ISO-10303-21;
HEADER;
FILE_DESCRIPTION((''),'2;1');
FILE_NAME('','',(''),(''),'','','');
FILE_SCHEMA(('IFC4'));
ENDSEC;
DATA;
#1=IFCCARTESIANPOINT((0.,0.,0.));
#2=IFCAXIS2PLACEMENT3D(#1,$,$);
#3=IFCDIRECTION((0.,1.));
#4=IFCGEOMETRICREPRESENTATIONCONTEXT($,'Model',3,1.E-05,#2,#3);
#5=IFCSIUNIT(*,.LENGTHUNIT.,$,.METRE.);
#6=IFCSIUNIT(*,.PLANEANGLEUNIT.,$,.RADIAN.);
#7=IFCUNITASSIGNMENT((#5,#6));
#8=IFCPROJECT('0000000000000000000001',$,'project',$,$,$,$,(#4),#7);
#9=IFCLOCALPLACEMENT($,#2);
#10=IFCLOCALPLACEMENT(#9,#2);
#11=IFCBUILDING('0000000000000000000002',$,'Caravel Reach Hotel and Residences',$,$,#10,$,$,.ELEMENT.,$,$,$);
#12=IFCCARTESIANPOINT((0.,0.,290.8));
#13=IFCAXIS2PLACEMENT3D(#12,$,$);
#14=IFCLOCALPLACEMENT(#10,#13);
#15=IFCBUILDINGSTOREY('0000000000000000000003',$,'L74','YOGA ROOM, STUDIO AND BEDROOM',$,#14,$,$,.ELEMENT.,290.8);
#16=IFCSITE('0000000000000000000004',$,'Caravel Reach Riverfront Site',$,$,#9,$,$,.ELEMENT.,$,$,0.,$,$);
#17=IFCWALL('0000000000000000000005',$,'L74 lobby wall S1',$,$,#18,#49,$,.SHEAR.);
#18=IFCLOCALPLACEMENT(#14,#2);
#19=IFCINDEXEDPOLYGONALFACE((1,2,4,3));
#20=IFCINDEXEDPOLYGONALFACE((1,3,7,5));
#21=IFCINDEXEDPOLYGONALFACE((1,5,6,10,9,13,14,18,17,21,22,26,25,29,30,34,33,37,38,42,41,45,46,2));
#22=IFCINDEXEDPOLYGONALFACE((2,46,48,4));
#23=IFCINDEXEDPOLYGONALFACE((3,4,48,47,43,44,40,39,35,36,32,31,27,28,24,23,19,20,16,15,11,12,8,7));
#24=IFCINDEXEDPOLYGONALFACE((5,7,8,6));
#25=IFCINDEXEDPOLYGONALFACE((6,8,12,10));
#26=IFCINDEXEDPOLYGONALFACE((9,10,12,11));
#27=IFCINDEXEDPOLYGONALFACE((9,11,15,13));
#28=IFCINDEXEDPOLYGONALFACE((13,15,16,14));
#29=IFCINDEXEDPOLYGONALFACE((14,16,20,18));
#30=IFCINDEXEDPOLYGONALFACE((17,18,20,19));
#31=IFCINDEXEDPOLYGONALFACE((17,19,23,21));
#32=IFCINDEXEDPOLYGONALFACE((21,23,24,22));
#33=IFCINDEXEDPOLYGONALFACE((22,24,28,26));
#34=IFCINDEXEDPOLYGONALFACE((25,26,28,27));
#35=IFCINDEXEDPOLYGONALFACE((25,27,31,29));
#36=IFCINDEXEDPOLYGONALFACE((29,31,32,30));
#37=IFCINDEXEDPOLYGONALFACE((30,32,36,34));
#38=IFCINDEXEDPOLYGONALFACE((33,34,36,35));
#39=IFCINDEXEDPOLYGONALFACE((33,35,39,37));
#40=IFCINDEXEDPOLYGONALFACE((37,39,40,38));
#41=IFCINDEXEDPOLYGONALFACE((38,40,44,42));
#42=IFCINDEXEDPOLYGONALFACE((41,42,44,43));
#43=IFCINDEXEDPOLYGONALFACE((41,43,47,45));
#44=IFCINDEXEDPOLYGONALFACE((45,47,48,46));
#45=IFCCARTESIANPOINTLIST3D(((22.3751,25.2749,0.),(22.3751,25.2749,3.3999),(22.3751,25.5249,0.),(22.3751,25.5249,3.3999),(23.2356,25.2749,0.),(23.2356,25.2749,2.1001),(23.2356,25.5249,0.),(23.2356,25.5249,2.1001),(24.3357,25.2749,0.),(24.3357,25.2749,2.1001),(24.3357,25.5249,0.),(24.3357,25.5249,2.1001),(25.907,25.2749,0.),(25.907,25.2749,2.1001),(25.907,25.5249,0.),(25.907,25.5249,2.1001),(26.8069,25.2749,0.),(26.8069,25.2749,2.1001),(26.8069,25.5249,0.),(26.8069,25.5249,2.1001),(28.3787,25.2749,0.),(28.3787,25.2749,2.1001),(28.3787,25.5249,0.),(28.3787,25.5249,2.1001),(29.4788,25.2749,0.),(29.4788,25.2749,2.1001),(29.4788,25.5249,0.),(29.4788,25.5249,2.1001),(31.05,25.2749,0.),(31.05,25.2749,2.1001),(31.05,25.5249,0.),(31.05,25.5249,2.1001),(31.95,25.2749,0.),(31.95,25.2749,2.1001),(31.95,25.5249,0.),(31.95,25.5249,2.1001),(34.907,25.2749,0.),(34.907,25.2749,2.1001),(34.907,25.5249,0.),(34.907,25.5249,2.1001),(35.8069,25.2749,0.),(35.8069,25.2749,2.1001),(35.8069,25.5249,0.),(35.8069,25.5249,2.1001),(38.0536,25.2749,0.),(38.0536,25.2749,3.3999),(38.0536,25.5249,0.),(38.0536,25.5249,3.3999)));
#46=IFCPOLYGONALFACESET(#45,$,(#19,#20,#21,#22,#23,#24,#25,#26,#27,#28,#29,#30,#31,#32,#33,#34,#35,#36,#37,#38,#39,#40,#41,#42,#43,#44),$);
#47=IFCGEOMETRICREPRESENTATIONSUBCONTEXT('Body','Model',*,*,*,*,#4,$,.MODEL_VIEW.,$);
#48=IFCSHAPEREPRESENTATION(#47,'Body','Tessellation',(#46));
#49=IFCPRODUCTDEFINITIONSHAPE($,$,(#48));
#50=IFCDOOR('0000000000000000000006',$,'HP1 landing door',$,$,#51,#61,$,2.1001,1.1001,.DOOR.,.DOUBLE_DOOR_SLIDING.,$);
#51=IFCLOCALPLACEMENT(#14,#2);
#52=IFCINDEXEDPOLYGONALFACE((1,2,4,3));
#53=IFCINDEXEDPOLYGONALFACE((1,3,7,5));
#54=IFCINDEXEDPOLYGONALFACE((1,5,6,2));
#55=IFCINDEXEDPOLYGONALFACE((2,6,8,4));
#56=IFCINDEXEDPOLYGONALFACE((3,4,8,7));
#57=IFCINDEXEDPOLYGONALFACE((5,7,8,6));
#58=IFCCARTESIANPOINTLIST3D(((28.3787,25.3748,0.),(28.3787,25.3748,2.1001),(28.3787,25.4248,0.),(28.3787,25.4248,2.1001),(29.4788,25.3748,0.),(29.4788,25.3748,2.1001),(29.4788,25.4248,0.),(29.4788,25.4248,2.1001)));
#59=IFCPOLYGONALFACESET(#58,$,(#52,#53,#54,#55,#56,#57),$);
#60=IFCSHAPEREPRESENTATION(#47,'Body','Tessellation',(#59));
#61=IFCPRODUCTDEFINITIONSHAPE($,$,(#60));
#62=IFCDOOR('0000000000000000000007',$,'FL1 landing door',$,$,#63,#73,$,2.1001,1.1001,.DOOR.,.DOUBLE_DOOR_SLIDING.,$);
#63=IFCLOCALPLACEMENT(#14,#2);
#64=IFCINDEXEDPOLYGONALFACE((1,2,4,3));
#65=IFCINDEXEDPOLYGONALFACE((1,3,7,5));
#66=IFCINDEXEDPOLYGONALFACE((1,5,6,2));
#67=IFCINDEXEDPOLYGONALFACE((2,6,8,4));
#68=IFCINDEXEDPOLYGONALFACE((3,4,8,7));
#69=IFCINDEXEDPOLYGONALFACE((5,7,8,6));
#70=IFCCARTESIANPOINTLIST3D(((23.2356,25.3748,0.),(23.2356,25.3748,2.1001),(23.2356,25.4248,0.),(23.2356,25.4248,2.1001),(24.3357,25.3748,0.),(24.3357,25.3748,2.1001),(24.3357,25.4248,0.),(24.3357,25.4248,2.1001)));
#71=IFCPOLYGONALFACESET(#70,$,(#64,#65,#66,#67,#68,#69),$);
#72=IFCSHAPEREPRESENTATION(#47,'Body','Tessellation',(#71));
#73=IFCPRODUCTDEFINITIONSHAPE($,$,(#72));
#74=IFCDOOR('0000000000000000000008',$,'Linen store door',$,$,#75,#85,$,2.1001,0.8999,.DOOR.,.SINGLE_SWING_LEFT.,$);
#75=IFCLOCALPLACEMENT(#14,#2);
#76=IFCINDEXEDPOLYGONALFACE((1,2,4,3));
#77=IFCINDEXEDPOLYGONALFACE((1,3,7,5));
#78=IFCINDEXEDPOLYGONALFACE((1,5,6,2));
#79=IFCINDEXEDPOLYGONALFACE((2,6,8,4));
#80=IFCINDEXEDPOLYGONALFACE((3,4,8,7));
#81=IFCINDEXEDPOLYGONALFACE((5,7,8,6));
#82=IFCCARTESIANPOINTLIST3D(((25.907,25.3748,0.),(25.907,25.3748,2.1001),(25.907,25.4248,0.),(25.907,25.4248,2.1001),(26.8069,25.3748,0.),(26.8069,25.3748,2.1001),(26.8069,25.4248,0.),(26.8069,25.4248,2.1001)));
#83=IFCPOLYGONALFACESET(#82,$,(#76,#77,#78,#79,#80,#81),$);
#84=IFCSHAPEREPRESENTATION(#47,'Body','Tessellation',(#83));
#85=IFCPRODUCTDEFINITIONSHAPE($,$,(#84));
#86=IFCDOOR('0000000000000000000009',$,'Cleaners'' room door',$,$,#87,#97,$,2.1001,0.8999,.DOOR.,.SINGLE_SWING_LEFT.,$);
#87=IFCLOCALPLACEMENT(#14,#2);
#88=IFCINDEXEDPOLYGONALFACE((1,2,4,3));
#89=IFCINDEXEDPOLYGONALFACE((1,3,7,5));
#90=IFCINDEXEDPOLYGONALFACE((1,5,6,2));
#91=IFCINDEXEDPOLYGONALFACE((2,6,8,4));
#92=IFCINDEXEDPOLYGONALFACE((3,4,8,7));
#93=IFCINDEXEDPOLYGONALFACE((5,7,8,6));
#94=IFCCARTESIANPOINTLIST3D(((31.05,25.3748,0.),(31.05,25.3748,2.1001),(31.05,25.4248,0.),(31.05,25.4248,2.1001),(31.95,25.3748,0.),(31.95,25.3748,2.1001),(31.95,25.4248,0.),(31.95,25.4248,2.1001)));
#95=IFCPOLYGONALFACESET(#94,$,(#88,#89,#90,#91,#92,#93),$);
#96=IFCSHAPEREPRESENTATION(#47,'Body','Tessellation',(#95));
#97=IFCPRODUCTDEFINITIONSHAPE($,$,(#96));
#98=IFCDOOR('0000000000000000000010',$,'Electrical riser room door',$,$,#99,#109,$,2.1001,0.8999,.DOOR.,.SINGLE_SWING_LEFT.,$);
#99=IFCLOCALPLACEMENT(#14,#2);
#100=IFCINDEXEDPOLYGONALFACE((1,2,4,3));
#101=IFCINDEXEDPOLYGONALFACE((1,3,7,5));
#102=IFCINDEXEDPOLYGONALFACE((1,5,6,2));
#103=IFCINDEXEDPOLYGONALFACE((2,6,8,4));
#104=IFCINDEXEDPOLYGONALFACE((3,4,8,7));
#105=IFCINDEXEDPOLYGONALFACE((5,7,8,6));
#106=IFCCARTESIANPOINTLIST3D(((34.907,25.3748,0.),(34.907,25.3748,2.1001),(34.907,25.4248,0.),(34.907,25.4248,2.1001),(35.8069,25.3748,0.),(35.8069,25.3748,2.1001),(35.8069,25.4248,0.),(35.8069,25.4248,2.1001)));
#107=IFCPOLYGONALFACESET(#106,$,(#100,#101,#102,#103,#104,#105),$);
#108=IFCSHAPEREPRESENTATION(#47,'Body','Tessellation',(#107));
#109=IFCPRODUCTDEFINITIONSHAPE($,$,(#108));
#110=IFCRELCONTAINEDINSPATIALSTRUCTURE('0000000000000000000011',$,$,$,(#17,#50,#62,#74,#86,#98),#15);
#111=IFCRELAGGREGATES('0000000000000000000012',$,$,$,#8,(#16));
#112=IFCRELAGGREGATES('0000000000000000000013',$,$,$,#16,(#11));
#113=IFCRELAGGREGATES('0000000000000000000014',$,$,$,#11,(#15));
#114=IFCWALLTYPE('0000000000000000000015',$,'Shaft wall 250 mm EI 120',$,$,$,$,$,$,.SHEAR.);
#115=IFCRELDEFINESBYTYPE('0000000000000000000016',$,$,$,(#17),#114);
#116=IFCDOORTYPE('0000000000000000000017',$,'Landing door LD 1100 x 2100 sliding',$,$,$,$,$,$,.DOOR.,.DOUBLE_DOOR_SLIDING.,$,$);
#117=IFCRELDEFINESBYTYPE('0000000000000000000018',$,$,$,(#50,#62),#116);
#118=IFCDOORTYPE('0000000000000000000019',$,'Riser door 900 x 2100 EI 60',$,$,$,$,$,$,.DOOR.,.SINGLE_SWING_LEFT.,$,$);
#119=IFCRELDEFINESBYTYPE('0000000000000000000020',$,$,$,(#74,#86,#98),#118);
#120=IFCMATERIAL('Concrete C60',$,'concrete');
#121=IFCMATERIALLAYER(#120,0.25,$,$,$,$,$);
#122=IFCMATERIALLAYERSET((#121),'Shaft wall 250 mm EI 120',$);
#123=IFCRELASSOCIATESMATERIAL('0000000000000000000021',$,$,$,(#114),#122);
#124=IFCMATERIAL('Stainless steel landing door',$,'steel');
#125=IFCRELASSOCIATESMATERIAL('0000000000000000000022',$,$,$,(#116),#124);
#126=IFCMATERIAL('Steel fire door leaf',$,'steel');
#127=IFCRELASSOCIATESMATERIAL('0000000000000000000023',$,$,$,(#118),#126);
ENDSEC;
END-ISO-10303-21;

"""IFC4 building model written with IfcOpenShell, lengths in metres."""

from ifc_helpers import new_model, si_unit, direction, frame, frame_2d, origin, place, context, subcontext, project, spatial, rectangle, extrude, material, layer, layer_set, type_object, element, fill, save


model = new_model("IFC4")

# Units and contexts
model_context = context("Model", 3, precision=1e-05, world=origin(), true_north=direction((0.0, 1.0)))
body_context = subcontext(model_context, "Body", "Model", "MODEL_VIEW")
ifc_project = project(units=[si_unit("LENGTHUNIT", "METRE"), si_unit("PLANEANGLEUNIT", "RADIAN")], contexts=[model_context])

# Site, building, storey
site_placement = place(None, origin())
site = spatial("IfcSite", under=ifc_project, at=site_placement, Name="Caravel Reach Riverfront Site", CompositionType="ELEMENT", RefElevation=0.0)
building_placement = place(site_placement, origin())
building = spatial("IfcBuilding", under=site, at=building_placement, Name="Caravel Reach Hotel and Residences", CompositionType="ELEMENT")
storey_placement = place(building_placement, frame((0.0, 0.0, 290.8)))
storey = spatial("IfcBuildingStorey", under=building, at=storey_placement, Name="L74", Description="YOGA ROOM, STUDIO AND BEDROOM", CompositionType="ELEMENT", Elevation=290.8)

# Wall, openings, doors
ifc_material_1 = material(Name="Concrete C60", Category="concrete")
ifc_layer_1 = layer(ifc_material_1, 0.25)
ifc_layer_set_1 = layer_set([ifc_layer_1], Name="Shaft wall 250 mm EI 120")
wall_type_1 = type_object("IfcWallType", Name="Shaft wall 250 mm EI 120", PredefinedType="SHEAR", material=ifc_layer_set_1)
wall_1_placement = place(storey_placement, frame((22.375, 25.3999, 0.0), z_axis=(0.0, 0.0, 1.0), x_axis=(1.0, 0.0, 0.0)))
wall_1 = element("IfcWall", 1, at=wall_1_placement, inside=storey, type_object=wall_type_1, Name="L74 lobby wall S1", PredefinedType="SHEAR", context=body_context, shape_type="SweptSolid", body=[
    extrude(rectangle(XDim=15.6785, YDim=0.25, at=frame_2d((7.8394, 0.0))), origin(), (0.0, 0.0, 1.0), 3.3999),
])
opening_1_placement = place(wall_1_placement, frame((6.0037, 0.0, 0.0)))
opening_1 = element("IfcOpeningElement", 2, at=opening_1_placement, cuts=wall_1, PredefinedType="OPENING", context=body_context, shape_type="SweptSolid", body=[
    extrude(rectangle(XDim=1.1001, YDim=2.1001, at=frame_2d((0.55, 1.05))), frame((0.0, 0.135, 0.0), z_axis=(0.0, -1.0, 0.0), x_axis=(1.0, 0.0, 0.0)), (0.0, 0.0, 1.0), 0.27),
])
opening_2_placement = place(wall_1_placement, frame((0.8606, 0.0, 0.0)))
opening_2 = element("IfcOpeningElement", 3, at=opening_2_placement, cuts=wall_1, PredefinedType="OPENING", context=body_context, shape_type="SweptSolid", body=[
    extrude(rectangle(XDim=1.1001, YDim=2.1001, at=frame_2d((0.55, 1.05))), frame((0.0, 0.135, 0.0), z_axis=(0.0, -1.0, 0.0), x_axis=(1.0, 0.0, 0.0)), (0.0, 0.0, 1.0), 0.27),
])
opening_3_placement = place(wall_1_placement, frame((3.532, 0.0, 0.0)))
opening_3 = element("IfcOpeningElement", 4, at=opening_3_placement, cuts=wall_1, PredefinedType="OPENING", context=body_context, shape_type="SweptSolid", body=[
    extrude(rectangle(XDim=0.8999, YDim=2.1001, at=frame_2d((0.45, 1.05))), frame((0.0, 0.135, 0.0), z_axis=(0.0, -1.0, 0.0), x_axis=(1.0, 0.0, 0.0)), (0.0, 0.0, 1.0), 0.27),
])
opening_4_placement = place(wall_1_placement, frame((8.675, 0.0, 0.0)))
opening_4 = element("IfcOpeningElement", 5, at=opening_4_placement, cuts=wall_1, PredefinedType="OPENING", context=body_context, shape_type="SweptSolid", body=[
    extrude(rectangle(XDim=0.8999, YDim=2.1001, at=frame_2d((0.45, 1.05))), frame((0.0, 0.135, 0.0), z_axis=(0.0, -1.0, 0.0), x_axis=(1.0, 0.0, 0.0)), (0.0, 0.0, 1.0), 0.27),
])
opening_5_placement = place(wall_1_placement, frame((12.532, 0.0, 0.0)))
opening_5 = element("IfcOpeningElement", 6, at=opening_5_placement, cuts=wall_1, PredefinedType="OPENING", context=body_context, shape_type="SweptSolid", body=[
    extrude(rectangle(XDim=0.8999, YDim=2.1001, at=frame_2d((0.45, 1.05))), frame((0.0, 0.135, 0.0), z_axis=(0.0, -1.0, 0.0), x_axis=(1.0, 0.0, 0.0)), (0.0, 0.0, 1.0), 0.27),
])
ifc_material_2 = material(Name="Stainless steel landing door", Category="steel")
door_type_1 = type_object("IfcDoorType", Name="Landing door LD 1100 x 2100 sliding", OperationType="DOUBLE_DOOR_SLIDING", PredefinedType="DOOR", material=ifc_material_2)
door_1_placement = place(opening_1_placement, origin())
door_1 = element("IfcDoor", 7, at=door_1_placement, inside=storey, type_object=door_type_1, Name="HP1 landing door", OperationType="DOUBLE_DOOR_SLIDING", OverallHeight=2.1001, OverallWidth=1.1001, PredefinedType="DOOR", context=body_context, shape_type="SweptSolid", body=[
    extrude(rectangle(XDim=1.1001, YDim=2.1001, at=frame_2d((0.55, 1.05))), frame((0.0, 0.0249, 0.0), z_axis=(0.0, -1.0, 0.0), x_axis=(1.0, 0.0, 0.0)), (0.0, 0.0, 1.0), 0.05),
])
fill(opening_1, door_1)
door_2_placement = place(opening_2_placement, origin())
door_2 = element("IfcDoor", 8, at=door_2_placement, inside=storey, type_object=door_type_1, Name="FL1 landing door", OperationType="DOUBLE_DOOR_SLIDING", OverallHeight=2.1001, OverallWidth=1.1001, PredefinedType="DOOR", context=body_context, shape_type="SweptSolid", body=[
    extrude(rectangle(XDim=1.1001, YDim=2.1001, at=frame_2d((0.55, 1.05))), frame((0.0, 0.0249, 0.0), z_axis=(0.0, -1.0, 0.0), x_axis=(1.0, 0.0, 0.0)), (0.0, 0.0, 1.0), 0.05),
])
fill(opening_2, door_2)
ifc_material_3 = material(Name="Steel fire door leaf", Category="steel")
door_type_2 = type_object("IfcDoorType", Name="Riser door 900 x 2100 EI 60", OperationType="SINGLE_SWING_LEFT", PredefinedType="DOOR", material=ifc_material_3)
door_3_placement = place(opening_3_placement, origin())
door_3 = element("IfcDoor", 9, at=door_3_placement, inside=storey, type_object=door_type_2, Name="Linen store door", OperationType="SINGLE_SWING_LEFT", OverallHeight=2.1001, OverallWidth=0.8999, PredefinedType="DOOR", context=body_context, shape_type="SweptSolid", body=[
    extrude(rectangle(XDim=0.8999, YDim=2.1001, at=frame_2d((0.45, 1.05))), frame((0.0, 0.0249, 0.0), z_axis=(0.0, -1.0, 0.0), x_axis=(1.0, 0.0, 0.0)), (0.0, 0.0, 1.0), 0.05),
])
fill(opening_3, door_3)
door_4_placement = place(opening_4_placement, origin())
door_4 = element("IfcDoor", 10, at=door_4_placement, inside=storey, type_object=door_type_2, Name="Cleaners' room door", OperationType="SINGLE_SWING_LEFT", OverallHeight=2.1001, OverallWidth=0.8999, PredefinedType="DOOR", context=body_context, shape_type="SweptSolid", body=[
    extrude(rectangle(XDim=0.8999, YDim=2.1001, at=frame_2d((0.45, 1.05))), frame((0.0, 0.0249, 0.0), z_axis=(0.0, -1.0, 0.0), x_axis=(1.0, 0.0, 0.0)), (0.0, 0.0, 1.0), 0.05),
])
fill(opening_4, door_4)
door_5_placement = place(opening_5_placement, origin())
door_5 = element("IfcDoor", 11, at=door_5_placement, inside=storey, type_object=door_type_2, Name="Electrical riser room door", OperationType="SINGLE_SWING_LEFT", OverallHeight=2.1001, OverallWidth=0.8999, PredefinedType="DOOR", context=body_context, shape_type="SweptSolid", body=[
    extrude(rectangle(XDim=0.8999, YDim=2.1001, at=frame_2d((0.45, 1.05))), frame((0.0, 0.0249, 0.0), z_axis=(0.0, -1.0, 0.0), x_axis=(1.0, 0.0, 0.0)), (0.0, 0.0, 1.0), 0.05),
])
fill(opening_5, door_5)

save(model, "model.ifc")
